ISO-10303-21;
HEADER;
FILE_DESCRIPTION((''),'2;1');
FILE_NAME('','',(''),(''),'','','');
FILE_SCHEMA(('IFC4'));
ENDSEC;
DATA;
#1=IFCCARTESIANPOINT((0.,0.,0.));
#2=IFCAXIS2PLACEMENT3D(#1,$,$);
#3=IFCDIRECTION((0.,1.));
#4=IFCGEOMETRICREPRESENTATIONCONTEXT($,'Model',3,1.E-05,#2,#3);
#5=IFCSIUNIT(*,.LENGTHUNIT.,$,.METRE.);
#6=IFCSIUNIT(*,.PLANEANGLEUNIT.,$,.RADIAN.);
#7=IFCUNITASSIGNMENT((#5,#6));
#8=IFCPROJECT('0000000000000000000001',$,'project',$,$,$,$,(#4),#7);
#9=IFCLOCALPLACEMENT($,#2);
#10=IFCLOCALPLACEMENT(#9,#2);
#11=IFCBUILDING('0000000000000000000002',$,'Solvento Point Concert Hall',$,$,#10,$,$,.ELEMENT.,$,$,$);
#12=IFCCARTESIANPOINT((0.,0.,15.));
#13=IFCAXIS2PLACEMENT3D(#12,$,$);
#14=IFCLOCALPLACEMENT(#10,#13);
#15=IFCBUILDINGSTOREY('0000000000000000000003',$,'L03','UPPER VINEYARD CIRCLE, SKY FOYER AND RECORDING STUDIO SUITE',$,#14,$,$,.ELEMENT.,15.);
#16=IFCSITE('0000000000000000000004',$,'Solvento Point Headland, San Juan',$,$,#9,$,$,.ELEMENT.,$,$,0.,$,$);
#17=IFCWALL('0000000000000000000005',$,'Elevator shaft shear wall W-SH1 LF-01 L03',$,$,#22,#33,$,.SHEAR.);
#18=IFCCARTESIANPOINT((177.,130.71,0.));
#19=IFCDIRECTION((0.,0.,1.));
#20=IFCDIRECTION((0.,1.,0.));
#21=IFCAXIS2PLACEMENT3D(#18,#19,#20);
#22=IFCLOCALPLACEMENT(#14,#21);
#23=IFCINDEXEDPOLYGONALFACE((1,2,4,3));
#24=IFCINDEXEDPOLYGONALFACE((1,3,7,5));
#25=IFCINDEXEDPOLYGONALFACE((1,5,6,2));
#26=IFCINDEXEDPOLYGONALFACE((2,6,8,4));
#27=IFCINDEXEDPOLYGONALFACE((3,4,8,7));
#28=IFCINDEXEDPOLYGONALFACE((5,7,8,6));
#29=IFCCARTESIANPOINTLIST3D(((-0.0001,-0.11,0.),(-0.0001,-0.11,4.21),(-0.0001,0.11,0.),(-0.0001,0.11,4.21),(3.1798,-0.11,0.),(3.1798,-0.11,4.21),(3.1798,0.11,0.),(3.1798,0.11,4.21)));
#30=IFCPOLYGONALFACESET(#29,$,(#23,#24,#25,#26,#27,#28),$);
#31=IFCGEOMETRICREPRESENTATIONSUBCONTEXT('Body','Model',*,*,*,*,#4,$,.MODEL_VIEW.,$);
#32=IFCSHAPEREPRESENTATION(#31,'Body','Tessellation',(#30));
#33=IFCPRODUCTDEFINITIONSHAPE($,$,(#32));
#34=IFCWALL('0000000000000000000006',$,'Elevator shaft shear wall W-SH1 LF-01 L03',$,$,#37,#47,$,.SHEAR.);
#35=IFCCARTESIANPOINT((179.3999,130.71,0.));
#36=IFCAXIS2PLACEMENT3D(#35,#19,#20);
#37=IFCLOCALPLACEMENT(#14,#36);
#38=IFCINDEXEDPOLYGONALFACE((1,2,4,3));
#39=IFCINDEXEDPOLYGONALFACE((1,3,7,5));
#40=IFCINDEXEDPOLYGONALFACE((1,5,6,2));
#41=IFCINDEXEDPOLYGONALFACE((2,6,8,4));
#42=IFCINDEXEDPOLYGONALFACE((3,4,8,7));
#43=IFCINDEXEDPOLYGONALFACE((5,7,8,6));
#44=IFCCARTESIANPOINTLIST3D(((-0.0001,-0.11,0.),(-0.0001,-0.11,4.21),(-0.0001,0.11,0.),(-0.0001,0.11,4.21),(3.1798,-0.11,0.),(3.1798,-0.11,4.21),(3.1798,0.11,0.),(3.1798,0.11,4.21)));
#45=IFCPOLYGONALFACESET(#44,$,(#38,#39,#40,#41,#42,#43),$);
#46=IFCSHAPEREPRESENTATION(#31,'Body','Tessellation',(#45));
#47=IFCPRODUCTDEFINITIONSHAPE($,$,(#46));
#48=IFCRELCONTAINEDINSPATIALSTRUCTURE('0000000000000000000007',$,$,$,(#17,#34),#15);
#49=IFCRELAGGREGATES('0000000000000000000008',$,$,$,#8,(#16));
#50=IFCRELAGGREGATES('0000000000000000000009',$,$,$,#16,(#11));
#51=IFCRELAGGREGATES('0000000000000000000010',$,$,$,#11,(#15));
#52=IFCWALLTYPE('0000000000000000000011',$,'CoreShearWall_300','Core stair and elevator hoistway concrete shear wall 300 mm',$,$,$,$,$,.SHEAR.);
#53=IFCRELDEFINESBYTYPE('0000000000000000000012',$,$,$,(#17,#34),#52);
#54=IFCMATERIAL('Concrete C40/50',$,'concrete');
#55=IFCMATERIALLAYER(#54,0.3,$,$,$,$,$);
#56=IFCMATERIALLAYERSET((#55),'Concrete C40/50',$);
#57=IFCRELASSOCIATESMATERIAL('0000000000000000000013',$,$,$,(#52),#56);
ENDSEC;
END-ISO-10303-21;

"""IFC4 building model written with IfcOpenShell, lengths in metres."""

from ifc_helpers import new_model, si_unit, direction, frame, frame_2d, origin, place, context, subcontext, project, spatial, rectangle, extrude, material, layer, layer_set, type_object, element, save


model = new_model("IFC4")

# Units and contexts
model_context = context("Model", 3, precision=1e-05, world=origin(), true_north=direction((0.0, 1.0)))
body_context = subcontext(model_context, "Body", "Model", "MODEL_VIEW")
ifc_project = project(units=[si_unit("LENGTHUNIT", "METRE"), si_unit("PLANEANGLEUNIT", "RADIAN")], contexts=[model_context])

# Site, building, storey
site_placement = place(None, origin())
site = spatial("IfcSite", under=ifc_project, at=site_placement, Name="Solvento Point Headland, San Juan", CompositionType="ELEMENT", RefElevation=0.0)
building_placement = place(site_placement, origin())
building = spatial("IfcBuilding", under=site, at=building_placement, Name="Solvento Point Concert Hall", CompositionType="ELEMENT")
storey_placement = place(building_placement, frame((0.0, 0.0, 15.0)))
storey = spatial("IfcBuildingStorey", under=building, at=storey_placement, Name="L03", Description="UPPER VINEYARD CIRCLE, SKY FOYER AND RECORDING STUDIO SUITE", CompositionType="ELEMENT", Elevation=15.0)

# Shared definitions
ifc_material_1 = material(Name="Concrete C40/50", Category="concrete")
ifc_layer_1 = layer(ifc_material_1, 0.3)
ifc_layer_set_1 = layer_set([ifc_layer_1], Name="Concrete C40/50")
wall_type_1 = type_object("IfcWallType", Name="CoreShearWall_300", Description="Core stair and elevator hoistway concrete shear wall 300 mm", PredefinedType="SHEAR", material=ifc_layer_set_1)

# Walls
for number, where, z_axis, x_axis, name in (
    (1, (177.0, 130.71, 0.0), (0.0, 0.0, 1.0), (0.0, 1.0, 0.0), "Elevator shaft shear wall W-SH1 LF-01 L03"),
    (2, (179.3999, 130.71, 0.0), (0.0, 0.0, 1.0), (0.0, 1.0, 0.0), "Elevator shaft shear wall W-SH1 LF-01 L03"),
):
    element("IfcWall", number, at=place(storey_placement, frame(where, z_axis=z_axis, x_axis=x_axis)), inside=storey, type_object=wall_type_1, Name=name, PredefinedType="SHEAR", context=body_context, shape_type="SweptSolid", body=[
        extrude(rectangle(XDim=3.1799, YDim=0.22, at=frame_2d((1.5898, 0.0))), origin(), (0.0, 0.0, 1.0), 4.21),
    ])

save(model, "model.ifc")
